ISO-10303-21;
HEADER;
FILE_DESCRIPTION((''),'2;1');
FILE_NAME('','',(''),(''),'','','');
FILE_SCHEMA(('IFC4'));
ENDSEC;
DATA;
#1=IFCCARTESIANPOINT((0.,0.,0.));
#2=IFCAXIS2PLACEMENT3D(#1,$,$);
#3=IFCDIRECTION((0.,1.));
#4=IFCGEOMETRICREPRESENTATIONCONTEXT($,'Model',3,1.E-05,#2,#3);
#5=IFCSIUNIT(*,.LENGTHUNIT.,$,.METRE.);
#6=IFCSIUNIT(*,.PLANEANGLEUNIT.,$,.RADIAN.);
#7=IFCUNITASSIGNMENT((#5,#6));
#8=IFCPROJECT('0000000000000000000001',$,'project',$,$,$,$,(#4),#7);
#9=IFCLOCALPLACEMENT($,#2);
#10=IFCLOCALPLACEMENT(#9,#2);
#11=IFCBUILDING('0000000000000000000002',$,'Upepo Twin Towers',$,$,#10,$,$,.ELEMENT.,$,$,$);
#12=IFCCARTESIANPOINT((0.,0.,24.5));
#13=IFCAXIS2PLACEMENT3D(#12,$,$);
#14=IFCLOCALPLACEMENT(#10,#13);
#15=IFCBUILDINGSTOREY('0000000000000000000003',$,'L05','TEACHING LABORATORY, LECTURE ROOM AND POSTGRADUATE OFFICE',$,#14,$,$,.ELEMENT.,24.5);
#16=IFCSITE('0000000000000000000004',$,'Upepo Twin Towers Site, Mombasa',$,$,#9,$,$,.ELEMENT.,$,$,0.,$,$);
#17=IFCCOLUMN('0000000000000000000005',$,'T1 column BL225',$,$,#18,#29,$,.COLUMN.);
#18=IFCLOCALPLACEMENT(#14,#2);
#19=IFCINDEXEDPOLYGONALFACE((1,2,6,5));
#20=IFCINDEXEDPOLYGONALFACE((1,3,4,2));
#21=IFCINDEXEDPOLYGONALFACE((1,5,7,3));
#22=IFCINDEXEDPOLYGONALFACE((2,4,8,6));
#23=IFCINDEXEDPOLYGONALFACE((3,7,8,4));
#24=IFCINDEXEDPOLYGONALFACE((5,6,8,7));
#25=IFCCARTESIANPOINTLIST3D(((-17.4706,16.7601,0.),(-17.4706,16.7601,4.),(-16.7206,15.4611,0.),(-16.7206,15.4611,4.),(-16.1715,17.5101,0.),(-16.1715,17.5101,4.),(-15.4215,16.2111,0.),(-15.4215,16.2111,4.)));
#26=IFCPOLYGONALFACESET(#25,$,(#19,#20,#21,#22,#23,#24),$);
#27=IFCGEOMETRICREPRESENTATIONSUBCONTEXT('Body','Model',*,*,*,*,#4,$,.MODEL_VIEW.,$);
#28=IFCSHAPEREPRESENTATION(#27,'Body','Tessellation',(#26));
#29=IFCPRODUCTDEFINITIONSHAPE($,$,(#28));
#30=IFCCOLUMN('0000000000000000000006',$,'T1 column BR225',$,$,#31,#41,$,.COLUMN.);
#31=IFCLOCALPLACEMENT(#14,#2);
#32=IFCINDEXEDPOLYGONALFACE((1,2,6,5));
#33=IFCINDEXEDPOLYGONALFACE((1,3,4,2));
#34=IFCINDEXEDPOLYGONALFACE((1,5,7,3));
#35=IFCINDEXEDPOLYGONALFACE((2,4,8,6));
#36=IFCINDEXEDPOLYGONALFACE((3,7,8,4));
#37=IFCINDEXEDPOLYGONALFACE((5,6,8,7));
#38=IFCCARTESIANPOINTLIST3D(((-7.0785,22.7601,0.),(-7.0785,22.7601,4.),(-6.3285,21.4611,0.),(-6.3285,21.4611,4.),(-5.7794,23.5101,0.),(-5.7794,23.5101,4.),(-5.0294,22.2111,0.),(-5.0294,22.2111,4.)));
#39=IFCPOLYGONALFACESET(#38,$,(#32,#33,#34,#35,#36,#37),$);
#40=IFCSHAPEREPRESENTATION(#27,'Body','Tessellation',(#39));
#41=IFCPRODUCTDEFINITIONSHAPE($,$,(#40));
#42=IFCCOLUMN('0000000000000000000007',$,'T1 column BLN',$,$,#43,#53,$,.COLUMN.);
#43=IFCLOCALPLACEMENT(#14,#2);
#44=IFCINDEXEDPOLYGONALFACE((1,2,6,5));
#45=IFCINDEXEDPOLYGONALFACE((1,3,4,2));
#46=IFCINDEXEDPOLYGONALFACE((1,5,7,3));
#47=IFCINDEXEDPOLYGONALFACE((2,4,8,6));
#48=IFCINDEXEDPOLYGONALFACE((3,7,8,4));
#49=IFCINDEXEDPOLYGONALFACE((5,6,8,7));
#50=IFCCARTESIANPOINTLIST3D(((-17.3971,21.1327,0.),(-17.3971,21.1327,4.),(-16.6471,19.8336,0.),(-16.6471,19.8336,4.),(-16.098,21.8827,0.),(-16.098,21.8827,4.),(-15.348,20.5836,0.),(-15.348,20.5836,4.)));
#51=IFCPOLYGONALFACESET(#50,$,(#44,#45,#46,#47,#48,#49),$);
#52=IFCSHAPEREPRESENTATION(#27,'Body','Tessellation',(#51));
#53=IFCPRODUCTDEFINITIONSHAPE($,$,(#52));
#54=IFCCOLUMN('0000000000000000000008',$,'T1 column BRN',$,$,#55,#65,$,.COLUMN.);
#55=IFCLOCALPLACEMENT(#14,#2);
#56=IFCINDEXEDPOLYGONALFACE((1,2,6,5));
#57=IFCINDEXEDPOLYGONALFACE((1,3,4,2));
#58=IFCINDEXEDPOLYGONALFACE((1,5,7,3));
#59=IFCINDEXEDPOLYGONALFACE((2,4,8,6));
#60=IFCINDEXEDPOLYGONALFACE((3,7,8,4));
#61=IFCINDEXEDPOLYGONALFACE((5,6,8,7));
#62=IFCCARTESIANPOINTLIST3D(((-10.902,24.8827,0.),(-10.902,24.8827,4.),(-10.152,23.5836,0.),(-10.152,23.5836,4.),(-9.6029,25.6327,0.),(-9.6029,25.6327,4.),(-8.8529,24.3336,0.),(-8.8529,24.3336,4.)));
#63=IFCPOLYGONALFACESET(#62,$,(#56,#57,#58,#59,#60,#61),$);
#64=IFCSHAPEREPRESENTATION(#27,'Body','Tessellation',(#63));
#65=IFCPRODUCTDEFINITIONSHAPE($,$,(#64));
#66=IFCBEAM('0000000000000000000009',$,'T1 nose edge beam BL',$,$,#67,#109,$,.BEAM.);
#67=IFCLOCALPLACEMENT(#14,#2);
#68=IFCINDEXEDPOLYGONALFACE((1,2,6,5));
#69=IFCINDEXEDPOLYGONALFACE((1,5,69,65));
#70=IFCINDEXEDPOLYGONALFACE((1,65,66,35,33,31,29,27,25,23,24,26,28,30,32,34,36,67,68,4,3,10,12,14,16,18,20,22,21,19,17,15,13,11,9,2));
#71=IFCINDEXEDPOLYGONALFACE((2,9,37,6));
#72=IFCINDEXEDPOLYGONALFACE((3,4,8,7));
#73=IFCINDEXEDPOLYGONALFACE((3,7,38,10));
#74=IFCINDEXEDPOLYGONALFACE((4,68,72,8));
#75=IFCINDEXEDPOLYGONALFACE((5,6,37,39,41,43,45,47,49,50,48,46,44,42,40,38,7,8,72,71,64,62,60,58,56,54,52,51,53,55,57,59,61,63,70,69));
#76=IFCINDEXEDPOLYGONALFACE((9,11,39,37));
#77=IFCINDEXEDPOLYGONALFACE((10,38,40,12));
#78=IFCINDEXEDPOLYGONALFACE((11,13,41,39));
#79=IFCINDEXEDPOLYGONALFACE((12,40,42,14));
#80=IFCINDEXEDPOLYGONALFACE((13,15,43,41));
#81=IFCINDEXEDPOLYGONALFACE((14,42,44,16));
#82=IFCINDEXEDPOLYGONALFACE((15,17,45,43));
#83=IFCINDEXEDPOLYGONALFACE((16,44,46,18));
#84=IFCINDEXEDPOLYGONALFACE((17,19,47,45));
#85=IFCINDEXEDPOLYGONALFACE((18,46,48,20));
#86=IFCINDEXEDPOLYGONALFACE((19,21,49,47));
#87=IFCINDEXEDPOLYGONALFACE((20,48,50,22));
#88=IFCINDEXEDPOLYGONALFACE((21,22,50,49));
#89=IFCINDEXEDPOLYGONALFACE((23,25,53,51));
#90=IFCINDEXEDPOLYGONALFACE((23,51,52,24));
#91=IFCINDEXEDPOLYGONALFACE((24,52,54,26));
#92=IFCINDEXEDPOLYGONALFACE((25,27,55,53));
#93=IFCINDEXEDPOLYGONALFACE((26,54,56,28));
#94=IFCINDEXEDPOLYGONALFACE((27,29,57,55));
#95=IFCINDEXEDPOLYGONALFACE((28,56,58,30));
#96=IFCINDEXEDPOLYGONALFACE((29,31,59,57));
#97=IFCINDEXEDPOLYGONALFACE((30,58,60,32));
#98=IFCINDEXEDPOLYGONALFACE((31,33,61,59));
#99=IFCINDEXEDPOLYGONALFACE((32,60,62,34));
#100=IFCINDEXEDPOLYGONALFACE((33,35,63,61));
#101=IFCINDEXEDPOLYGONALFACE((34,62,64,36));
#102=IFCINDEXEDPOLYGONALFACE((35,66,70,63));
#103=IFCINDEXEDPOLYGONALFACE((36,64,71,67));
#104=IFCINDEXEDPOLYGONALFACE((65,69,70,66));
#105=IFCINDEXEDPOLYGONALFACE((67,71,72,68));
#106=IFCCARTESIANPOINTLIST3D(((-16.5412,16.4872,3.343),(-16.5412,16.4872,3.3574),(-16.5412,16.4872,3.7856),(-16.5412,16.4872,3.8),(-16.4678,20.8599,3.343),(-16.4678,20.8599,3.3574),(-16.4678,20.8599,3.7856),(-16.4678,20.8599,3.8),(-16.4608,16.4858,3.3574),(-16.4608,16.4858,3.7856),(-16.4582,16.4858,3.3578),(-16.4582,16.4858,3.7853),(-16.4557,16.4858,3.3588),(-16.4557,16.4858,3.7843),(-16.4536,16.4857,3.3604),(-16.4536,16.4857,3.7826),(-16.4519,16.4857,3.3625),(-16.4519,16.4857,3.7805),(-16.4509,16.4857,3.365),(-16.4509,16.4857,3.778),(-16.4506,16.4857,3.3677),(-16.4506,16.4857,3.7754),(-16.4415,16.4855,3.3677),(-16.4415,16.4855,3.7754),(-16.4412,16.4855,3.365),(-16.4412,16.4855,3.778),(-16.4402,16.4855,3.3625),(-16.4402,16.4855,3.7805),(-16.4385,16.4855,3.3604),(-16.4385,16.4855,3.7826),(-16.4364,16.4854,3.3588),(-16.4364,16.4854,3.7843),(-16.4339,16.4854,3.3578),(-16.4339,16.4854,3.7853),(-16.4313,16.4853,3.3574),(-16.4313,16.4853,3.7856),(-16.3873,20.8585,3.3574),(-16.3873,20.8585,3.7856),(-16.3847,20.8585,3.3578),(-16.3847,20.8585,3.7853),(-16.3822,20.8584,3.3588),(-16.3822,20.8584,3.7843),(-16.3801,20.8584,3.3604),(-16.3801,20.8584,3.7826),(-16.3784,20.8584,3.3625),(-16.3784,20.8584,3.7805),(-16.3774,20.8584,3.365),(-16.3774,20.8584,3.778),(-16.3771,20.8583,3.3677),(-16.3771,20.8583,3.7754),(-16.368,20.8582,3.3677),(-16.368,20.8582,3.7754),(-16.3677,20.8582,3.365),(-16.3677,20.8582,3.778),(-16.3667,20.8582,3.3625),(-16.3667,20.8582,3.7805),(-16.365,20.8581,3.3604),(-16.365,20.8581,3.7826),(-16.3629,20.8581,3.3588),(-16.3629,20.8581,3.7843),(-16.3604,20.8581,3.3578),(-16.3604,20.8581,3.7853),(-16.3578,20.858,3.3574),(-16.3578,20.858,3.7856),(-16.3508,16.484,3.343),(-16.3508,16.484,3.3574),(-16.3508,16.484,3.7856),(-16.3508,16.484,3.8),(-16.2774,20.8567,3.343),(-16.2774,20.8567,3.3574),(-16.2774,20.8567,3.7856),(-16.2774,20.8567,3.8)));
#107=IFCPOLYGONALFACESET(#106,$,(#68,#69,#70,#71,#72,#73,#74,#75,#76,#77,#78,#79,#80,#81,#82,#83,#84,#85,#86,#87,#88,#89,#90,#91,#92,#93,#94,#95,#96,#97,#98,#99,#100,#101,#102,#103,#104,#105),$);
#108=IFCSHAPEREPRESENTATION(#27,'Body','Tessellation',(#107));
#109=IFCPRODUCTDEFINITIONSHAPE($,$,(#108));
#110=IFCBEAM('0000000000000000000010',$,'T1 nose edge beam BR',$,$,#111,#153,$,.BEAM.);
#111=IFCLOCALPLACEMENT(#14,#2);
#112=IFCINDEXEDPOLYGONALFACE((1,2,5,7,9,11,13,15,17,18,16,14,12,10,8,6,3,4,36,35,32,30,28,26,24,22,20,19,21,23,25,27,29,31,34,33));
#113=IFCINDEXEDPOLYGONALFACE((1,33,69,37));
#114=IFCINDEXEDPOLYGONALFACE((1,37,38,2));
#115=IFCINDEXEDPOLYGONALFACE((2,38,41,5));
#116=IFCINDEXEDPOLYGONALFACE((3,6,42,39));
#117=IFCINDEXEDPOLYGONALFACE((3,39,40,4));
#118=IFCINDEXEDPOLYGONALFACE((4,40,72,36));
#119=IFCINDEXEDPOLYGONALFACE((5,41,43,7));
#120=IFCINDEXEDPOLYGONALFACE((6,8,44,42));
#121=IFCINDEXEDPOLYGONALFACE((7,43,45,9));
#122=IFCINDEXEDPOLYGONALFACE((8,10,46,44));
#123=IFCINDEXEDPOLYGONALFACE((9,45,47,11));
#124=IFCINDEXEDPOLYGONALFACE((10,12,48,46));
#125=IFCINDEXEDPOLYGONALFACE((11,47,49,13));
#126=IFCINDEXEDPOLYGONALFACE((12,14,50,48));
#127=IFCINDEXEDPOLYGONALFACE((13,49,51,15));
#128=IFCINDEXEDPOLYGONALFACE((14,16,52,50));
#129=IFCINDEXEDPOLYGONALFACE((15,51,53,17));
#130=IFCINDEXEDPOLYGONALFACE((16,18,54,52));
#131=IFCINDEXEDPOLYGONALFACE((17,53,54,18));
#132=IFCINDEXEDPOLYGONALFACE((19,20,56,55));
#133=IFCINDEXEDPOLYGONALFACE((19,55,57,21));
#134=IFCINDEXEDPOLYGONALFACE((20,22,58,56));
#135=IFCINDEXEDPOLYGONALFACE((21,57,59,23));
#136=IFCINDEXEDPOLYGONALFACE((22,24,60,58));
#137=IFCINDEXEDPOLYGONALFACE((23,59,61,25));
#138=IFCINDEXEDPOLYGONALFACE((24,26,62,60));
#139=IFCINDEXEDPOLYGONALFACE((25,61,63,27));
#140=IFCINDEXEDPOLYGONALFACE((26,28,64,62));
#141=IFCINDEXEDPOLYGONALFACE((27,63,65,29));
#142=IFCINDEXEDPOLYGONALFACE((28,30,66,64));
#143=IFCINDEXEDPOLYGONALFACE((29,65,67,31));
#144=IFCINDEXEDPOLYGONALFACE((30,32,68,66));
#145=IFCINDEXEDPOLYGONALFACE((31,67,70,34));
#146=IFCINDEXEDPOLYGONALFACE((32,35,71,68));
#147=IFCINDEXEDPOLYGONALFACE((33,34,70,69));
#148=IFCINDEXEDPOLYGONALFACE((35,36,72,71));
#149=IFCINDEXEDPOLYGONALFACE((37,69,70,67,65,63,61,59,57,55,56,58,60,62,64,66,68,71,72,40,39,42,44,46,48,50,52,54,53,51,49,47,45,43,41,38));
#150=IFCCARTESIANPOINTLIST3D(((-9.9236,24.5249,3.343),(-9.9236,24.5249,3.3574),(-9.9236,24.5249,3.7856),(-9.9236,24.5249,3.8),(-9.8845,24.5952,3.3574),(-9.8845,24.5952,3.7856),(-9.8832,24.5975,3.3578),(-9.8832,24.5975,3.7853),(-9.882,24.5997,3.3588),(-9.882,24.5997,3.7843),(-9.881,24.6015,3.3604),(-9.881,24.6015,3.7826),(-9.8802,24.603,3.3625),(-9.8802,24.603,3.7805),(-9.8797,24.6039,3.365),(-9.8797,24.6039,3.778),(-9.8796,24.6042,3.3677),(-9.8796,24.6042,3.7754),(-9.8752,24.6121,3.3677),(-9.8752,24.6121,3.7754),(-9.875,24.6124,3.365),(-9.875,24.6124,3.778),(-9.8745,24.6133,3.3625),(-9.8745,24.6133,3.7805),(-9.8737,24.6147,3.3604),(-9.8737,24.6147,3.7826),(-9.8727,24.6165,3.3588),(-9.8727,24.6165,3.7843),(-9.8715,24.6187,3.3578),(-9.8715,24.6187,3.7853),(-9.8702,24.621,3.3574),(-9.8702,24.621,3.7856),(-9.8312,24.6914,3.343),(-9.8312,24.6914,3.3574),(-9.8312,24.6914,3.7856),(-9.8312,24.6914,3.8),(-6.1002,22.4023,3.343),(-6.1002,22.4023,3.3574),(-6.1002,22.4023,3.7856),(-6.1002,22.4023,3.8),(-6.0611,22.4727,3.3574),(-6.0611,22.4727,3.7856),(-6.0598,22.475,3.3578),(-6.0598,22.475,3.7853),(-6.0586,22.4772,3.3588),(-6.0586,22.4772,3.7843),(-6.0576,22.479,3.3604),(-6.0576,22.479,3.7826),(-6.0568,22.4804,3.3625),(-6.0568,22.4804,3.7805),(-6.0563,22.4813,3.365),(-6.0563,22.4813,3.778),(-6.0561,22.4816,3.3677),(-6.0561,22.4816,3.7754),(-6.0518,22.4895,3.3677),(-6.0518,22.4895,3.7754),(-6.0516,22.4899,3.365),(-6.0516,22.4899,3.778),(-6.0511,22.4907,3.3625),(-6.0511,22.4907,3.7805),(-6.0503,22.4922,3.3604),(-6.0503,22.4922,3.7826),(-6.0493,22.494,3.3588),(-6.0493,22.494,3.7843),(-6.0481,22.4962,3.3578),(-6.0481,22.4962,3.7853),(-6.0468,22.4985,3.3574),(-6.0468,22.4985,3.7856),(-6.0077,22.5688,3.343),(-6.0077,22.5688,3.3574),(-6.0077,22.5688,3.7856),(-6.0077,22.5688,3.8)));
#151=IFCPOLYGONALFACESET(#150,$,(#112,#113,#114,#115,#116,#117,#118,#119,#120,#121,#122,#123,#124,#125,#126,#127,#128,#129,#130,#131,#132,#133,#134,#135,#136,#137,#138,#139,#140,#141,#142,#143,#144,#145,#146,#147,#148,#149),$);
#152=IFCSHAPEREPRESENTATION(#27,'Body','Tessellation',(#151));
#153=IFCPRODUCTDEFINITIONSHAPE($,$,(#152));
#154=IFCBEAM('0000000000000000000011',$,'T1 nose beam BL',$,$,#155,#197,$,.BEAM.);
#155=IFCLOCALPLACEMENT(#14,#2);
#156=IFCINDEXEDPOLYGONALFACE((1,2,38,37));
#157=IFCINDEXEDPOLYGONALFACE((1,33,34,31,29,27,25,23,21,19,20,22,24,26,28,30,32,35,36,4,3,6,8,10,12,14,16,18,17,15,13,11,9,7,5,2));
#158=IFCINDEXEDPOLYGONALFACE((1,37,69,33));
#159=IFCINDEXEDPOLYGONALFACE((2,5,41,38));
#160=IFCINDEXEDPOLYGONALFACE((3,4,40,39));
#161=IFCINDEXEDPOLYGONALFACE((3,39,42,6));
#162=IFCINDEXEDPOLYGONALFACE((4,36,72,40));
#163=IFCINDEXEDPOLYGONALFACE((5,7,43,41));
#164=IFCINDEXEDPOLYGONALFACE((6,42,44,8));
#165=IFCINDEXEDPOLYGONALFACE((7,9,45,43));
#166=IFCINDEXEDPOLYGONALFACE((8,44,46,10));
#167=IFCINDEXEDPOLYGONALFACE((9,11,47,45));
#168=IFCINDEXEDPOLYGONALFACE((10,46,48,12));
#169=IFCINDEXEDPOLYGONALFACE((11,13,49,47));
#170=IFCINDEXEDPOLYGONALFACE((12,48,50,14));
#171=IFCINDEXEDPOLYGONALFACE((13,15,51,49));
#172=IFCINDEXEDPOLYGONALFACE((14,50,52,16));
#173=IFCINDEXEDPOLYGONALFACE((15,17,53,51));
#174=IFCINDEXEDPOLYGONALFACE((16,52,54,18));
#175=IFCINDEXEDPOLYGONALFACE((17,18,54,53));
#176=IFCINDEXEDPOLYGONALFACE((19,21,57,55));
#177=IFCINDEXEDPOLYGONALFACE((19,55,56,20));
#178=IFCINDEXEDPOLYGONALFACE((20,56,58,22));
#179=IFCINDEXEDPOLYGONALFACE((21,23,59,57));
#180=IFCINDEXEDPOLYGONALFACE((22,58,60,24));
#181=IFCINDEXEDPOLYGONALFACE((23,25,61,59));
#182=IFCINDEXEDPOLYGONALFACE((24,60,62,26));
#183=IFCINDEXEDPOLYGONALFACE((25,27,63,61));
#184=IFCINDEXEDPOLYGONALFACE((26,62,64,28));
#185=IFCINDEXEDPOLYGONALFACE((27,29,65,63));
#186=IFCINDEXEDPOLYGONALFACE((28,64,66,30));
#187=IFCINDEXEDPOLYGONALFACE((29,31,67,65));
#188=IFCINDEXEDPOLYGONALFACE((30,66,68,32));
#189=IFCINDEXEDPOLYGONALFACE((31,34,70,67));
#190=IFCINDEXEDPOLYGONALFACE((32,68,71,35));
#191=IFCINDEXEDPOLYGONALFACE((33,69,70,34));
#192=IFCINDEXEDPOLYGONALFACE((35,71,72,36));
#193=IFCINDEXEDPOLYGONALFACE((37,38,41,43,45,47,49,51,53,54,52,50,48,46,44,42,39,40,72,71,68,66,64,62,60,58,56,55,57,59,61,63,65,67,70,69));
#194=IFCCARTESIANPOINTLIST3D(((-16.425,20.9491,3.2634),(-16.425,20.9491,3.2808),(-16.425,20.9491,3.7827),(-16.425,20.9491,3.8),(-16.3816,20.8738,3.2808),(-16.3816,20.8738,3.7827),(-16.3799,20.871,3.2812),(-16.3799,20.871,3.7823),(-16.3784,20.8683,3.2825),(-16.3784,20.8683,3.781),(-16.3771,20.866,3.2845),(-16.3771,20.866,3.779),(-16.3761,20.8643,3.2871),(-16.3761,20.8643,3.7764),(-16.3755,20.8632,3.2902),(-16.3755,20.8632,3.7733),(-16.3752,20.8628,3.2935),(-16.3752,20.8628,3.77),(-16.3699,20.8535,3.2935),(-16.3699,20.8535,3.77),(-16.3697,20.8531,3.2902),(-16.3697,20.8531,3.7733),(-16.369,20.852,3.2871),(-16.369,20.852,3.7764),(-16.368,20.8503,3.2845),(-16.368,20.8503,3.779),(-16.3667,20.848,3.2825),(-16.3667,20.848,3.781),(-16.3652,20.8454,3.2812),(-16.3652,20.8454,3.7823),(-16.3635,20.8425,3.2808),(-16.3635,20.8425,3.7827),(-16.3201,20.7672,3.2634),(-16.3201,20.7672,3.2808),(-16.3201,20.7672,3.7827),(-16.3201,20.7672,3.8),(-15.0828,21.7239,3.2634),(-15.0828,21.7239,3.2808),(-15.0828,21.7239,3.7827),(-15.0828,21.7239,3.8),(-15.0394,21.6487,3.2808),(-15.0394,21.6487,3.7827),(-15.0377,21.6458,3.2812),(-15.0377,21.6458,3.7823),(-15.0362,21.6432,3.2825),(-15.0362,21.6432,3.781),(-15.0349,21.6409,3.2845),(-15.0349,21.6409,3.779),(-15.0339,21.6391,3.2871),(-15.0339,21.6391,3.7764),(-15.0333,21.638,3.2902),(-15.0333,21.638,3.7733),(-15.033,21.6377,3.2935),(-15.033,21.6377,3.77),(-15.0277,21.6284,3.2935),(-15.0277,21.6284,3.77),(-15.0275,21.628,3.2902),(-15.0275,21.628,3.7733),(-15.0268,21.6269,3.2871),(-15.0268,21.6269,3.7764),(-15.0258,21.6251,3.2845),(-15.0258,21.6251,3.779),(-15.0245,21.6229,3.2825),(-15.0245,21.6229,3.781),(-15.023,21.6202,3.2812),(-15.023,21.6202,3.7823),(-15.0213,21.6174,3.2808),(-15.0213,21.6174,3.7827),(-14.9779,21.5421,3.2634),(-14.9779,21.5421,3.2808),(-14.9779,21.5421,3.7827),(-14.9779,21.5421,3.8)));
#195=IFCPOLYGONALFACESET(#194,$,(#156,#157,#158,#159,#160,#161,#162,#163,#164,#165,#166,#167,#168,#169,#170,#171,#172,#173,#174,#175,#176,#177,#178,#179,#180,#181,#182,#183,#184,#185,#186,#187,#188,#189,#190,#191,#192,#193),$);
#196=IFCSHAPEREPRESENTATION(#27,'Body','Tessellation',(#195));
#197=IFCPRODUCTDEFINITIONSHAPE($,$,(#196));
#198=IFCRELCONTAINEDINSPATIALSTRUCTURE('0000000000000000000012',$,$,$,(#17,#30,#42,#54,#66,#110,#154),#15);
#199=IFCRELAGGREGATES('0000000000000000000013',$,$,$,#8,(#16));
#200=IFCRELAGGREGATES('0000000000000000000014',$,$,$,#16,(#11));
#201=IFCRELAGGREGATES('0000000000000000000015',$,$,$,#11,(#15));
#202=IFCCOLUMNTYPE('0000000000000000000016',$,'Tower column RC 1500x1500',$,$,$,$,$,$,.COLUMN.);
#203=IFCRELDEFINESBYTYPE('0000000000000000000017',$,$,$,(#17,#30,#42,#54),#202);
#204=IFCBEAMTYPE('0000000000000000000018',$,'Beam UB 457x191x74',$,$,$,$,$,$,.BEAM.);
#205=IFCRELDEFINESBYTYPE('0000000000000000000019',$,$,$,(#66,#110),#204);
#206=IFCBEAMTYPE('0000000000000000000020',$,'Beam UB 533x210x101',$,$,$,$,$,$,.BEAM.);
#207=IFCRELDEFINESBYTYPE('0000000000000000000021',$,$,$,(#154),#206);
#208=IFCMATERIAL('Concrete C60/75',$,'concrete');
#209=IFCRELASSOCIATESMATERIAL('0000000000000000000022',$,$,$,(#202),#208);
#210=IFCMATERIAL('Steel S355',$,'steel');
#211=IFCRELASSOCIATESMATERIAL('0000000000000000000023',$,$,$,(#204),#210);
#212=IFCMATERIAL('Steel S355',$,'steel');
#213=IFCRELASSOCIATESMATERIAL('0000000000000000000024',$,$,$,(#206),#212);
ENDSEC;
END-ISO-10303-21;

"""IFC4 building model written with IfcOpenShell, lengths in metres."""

from ifc_helpers import new_model, si_unit, direction, frame, origin, origin_2d, place, context, subcontext, project, spatial, rectangle, i_section, extrude, material, material_profile, profile_set, type_object, element, save


model = new_model("IFC4")

# Units and contexts
model_context = context("Model", 3, precision=1e-05, world=origin(), true_north=direction((0.0, 1.0)))
body_context = subcontext(model_context, "Body", "Model", "MODEL_VIEW")
ifc_project = project(units=[si_unit("LENGTHUNIT", "METRE"), si_unit("PLANEANGLEUNIT", "RADIAN")], contexts=[model_context])

# Site, building, storey
site_placement = place(None, origin())
site = spatial("IfcSite", under=ifc_project, at=site_placement, Name="Upepo Twin Towers Site, Mombasa", CompositionType="ELEMENT", RefElevation=0.0)
building_placement = place(site_placement, origin())
building = spatial("IfcBuilding", under=site, at=building_placement, Name="Upepo Twin Towers", CompositionType="ELEMENT")
storey_placement = place(building_placement, frame((0.0, 0.0, 24.5)))
storey = spatial("IfcBuildingStorey", under=building, at=storey_placement, Name="L05", Description="TEACHING LABORATORY, LECTURE ROOM AND POSTGRADUATE OFFICE", CompositionType="ELEMENT", Elevation=24.5)

# Columns
ifc_material_1 = material(Name="Concrete C60/75", Category="concrete")
ifc_material_profile_1 = material_profile(ifc_material_1, rectangle(XDim=1.5, YDim=1.5, at=origin_2d()), Name="RC 1500x1500")
ifc_profile_set_1 = profile_set([ifc_material_profile_1], Name="Concrete C60/75")
column_type = type_object("IfcColumnType", Name="Tower column RC 1500x1500", PredefinedType="COLUMN", material=ifc_profile_set_1)
for number, where, z_axis, x_axis, name in (
    (1, (-16.446, 16.4856, 0.0), (0.0, 0.0, 1.0), (0.866025, 0.5, 0.0), "T1 column BL225"),
    (2, (-6.054, 22.4856, 0.0), (0.0, 0.0, 1.0), (0.866025, 0.5, 0.0), "T1 column BR225"),
    (3, (-16.3726, 20.8582, 0.0), (0.0, 0.0, 1.0), (0.866025, 0.5, 0.0), "T1 column BLN"),
    (4, (-9.8774, 24.6082, 0.0), (0.0, 0.0, 1.0), (0.866025, 0.5, 0.0), "T1 column BRN"),
):
    element("IfcColumn", number, at=place(storey_placement, frame(where, z_axis=z_axis, x_axis=x_axis)), inside=storey, type_object=column_type, Name=name, PredefinedType="COLUMN", context=body_context, shape_type="SweptSolid", body=[
        extrude(rectangle(XDim=1.5, YDim=1.5, at=origin_2d()), origin(), (0.0, 0.0, 1.0), 4.0),
    ])

# Beams
ifc_material_2 = material(Name="Steel S355", Category="steel")
ifc_material_profile_2 = material_profile(ifc_material_2, i_section(OverallWidth=0.1904, OverallDepth=0.457, WebThickness=0.009, FlangeThickness=0.0144, FilletRadius=0.0103, at=origin_2d()), Name="UB 457x191x74")
ifc_profile_set_2 = profile_set([ifc_material_profile_2], Name="Steel S355")
beam_type_1 = type_object("IfcBeamType", Name="Beam UB 457x191x74", PredefinedType="BEAM", material=ifc_profile_set_2)
beam_1_placement = place(storey_placement, frame((-16.446, 16.4856, 3.5715), z_axis=(0.016804, 0.999859, 0.0), x_axis=(-0.999859, 0.016804, 0.0)))
element("IfcBeam", 5, at=beam_1_placement, inside=storey, type_object=beam_type_1, Name="T1 nose edge beam BL", PredefinedType="BEAM", context=body_context, shape_type="SweptSolid", body=[
    extrude(i_section(OverallWidth=0.1904, OverallDepth=0.457, WebThickness=0.009, FlangeThickness=0.0144, FilletRadius=0.0103, at=origin_2d()), origin(), (0.0, 0.0, 1.0), 4.3733),
])
beam_2_placement = place(storey_placement, frame((-6.054, 22.4856, 3.5715), z_axis=(-0.874313, 0.485363, 0.0), x_axis=(-0.485363, -0.874313, 0.0)))
element("IfcBeam", 6, at=beam_2_placement, inside=storey, type_object=beam_type_1, Name="T1 nose edge beam BR", PredefinedType="BEAM", context=body_context, shape_type="SweptSolid", body=[
    extrude(i_section(OverallWidth=0.1904, OverallDepth=0.457, WebThickness=0.009, FlangeThickness=0.0144, FilletRadius=0.0103, at=origin_2d()), origin(), (0.0, 0.0, 1.0), 4.373),
])
ifc_material_3 = material(Name="Steel S355", Category="steel")
ifc_material_profile_3 = material_profile(ifc_material_3, i_section(OverallWidth=0.21, OverallDepth=0.5366, WebThickness=0.0107, FlangeThickness=0.0173, FilletRadius=0.0127, at=origin_2d()), Name="UB 533x210x101")
ifc_profile_set_3 = profile_set([ifc_material_profile_3], Name="Steel S355")
beam_type_2 = type_object("IfcBeamType", Name="Beam UB 533x210x101", PredefinedType="BEAM", material=ifc_profile_set_3)
for number, where, z_axis, x_axis, name in (
    (7, (-16.3726, 20.8582, 3.5317), (0.866044, 0.499968, 0.0), (-0.499968, 0.866044, 0.0), "T1 nose beam BL"),
):
    element("IfcBeam", number, at=place(storey_placement, frame(where, z_axis=z_axis, x_axis=x_axis)), inside=storey, type_object=beam_type_2, Name=name, PredefinedType="BEAM", context=body_context, shape_type="SweptSolid", body=[
        extrude(i_section(OverallWidth=0.21, OverallDepth=0.5366, WebThickness=0.0107, FlangeThickness=0.0173, FilletRadius=0.0127, at=origin_2d()), origin(), (0.0, 0.0, 1.0), 1.5498),
    ])

save(model, "model.ifc")
